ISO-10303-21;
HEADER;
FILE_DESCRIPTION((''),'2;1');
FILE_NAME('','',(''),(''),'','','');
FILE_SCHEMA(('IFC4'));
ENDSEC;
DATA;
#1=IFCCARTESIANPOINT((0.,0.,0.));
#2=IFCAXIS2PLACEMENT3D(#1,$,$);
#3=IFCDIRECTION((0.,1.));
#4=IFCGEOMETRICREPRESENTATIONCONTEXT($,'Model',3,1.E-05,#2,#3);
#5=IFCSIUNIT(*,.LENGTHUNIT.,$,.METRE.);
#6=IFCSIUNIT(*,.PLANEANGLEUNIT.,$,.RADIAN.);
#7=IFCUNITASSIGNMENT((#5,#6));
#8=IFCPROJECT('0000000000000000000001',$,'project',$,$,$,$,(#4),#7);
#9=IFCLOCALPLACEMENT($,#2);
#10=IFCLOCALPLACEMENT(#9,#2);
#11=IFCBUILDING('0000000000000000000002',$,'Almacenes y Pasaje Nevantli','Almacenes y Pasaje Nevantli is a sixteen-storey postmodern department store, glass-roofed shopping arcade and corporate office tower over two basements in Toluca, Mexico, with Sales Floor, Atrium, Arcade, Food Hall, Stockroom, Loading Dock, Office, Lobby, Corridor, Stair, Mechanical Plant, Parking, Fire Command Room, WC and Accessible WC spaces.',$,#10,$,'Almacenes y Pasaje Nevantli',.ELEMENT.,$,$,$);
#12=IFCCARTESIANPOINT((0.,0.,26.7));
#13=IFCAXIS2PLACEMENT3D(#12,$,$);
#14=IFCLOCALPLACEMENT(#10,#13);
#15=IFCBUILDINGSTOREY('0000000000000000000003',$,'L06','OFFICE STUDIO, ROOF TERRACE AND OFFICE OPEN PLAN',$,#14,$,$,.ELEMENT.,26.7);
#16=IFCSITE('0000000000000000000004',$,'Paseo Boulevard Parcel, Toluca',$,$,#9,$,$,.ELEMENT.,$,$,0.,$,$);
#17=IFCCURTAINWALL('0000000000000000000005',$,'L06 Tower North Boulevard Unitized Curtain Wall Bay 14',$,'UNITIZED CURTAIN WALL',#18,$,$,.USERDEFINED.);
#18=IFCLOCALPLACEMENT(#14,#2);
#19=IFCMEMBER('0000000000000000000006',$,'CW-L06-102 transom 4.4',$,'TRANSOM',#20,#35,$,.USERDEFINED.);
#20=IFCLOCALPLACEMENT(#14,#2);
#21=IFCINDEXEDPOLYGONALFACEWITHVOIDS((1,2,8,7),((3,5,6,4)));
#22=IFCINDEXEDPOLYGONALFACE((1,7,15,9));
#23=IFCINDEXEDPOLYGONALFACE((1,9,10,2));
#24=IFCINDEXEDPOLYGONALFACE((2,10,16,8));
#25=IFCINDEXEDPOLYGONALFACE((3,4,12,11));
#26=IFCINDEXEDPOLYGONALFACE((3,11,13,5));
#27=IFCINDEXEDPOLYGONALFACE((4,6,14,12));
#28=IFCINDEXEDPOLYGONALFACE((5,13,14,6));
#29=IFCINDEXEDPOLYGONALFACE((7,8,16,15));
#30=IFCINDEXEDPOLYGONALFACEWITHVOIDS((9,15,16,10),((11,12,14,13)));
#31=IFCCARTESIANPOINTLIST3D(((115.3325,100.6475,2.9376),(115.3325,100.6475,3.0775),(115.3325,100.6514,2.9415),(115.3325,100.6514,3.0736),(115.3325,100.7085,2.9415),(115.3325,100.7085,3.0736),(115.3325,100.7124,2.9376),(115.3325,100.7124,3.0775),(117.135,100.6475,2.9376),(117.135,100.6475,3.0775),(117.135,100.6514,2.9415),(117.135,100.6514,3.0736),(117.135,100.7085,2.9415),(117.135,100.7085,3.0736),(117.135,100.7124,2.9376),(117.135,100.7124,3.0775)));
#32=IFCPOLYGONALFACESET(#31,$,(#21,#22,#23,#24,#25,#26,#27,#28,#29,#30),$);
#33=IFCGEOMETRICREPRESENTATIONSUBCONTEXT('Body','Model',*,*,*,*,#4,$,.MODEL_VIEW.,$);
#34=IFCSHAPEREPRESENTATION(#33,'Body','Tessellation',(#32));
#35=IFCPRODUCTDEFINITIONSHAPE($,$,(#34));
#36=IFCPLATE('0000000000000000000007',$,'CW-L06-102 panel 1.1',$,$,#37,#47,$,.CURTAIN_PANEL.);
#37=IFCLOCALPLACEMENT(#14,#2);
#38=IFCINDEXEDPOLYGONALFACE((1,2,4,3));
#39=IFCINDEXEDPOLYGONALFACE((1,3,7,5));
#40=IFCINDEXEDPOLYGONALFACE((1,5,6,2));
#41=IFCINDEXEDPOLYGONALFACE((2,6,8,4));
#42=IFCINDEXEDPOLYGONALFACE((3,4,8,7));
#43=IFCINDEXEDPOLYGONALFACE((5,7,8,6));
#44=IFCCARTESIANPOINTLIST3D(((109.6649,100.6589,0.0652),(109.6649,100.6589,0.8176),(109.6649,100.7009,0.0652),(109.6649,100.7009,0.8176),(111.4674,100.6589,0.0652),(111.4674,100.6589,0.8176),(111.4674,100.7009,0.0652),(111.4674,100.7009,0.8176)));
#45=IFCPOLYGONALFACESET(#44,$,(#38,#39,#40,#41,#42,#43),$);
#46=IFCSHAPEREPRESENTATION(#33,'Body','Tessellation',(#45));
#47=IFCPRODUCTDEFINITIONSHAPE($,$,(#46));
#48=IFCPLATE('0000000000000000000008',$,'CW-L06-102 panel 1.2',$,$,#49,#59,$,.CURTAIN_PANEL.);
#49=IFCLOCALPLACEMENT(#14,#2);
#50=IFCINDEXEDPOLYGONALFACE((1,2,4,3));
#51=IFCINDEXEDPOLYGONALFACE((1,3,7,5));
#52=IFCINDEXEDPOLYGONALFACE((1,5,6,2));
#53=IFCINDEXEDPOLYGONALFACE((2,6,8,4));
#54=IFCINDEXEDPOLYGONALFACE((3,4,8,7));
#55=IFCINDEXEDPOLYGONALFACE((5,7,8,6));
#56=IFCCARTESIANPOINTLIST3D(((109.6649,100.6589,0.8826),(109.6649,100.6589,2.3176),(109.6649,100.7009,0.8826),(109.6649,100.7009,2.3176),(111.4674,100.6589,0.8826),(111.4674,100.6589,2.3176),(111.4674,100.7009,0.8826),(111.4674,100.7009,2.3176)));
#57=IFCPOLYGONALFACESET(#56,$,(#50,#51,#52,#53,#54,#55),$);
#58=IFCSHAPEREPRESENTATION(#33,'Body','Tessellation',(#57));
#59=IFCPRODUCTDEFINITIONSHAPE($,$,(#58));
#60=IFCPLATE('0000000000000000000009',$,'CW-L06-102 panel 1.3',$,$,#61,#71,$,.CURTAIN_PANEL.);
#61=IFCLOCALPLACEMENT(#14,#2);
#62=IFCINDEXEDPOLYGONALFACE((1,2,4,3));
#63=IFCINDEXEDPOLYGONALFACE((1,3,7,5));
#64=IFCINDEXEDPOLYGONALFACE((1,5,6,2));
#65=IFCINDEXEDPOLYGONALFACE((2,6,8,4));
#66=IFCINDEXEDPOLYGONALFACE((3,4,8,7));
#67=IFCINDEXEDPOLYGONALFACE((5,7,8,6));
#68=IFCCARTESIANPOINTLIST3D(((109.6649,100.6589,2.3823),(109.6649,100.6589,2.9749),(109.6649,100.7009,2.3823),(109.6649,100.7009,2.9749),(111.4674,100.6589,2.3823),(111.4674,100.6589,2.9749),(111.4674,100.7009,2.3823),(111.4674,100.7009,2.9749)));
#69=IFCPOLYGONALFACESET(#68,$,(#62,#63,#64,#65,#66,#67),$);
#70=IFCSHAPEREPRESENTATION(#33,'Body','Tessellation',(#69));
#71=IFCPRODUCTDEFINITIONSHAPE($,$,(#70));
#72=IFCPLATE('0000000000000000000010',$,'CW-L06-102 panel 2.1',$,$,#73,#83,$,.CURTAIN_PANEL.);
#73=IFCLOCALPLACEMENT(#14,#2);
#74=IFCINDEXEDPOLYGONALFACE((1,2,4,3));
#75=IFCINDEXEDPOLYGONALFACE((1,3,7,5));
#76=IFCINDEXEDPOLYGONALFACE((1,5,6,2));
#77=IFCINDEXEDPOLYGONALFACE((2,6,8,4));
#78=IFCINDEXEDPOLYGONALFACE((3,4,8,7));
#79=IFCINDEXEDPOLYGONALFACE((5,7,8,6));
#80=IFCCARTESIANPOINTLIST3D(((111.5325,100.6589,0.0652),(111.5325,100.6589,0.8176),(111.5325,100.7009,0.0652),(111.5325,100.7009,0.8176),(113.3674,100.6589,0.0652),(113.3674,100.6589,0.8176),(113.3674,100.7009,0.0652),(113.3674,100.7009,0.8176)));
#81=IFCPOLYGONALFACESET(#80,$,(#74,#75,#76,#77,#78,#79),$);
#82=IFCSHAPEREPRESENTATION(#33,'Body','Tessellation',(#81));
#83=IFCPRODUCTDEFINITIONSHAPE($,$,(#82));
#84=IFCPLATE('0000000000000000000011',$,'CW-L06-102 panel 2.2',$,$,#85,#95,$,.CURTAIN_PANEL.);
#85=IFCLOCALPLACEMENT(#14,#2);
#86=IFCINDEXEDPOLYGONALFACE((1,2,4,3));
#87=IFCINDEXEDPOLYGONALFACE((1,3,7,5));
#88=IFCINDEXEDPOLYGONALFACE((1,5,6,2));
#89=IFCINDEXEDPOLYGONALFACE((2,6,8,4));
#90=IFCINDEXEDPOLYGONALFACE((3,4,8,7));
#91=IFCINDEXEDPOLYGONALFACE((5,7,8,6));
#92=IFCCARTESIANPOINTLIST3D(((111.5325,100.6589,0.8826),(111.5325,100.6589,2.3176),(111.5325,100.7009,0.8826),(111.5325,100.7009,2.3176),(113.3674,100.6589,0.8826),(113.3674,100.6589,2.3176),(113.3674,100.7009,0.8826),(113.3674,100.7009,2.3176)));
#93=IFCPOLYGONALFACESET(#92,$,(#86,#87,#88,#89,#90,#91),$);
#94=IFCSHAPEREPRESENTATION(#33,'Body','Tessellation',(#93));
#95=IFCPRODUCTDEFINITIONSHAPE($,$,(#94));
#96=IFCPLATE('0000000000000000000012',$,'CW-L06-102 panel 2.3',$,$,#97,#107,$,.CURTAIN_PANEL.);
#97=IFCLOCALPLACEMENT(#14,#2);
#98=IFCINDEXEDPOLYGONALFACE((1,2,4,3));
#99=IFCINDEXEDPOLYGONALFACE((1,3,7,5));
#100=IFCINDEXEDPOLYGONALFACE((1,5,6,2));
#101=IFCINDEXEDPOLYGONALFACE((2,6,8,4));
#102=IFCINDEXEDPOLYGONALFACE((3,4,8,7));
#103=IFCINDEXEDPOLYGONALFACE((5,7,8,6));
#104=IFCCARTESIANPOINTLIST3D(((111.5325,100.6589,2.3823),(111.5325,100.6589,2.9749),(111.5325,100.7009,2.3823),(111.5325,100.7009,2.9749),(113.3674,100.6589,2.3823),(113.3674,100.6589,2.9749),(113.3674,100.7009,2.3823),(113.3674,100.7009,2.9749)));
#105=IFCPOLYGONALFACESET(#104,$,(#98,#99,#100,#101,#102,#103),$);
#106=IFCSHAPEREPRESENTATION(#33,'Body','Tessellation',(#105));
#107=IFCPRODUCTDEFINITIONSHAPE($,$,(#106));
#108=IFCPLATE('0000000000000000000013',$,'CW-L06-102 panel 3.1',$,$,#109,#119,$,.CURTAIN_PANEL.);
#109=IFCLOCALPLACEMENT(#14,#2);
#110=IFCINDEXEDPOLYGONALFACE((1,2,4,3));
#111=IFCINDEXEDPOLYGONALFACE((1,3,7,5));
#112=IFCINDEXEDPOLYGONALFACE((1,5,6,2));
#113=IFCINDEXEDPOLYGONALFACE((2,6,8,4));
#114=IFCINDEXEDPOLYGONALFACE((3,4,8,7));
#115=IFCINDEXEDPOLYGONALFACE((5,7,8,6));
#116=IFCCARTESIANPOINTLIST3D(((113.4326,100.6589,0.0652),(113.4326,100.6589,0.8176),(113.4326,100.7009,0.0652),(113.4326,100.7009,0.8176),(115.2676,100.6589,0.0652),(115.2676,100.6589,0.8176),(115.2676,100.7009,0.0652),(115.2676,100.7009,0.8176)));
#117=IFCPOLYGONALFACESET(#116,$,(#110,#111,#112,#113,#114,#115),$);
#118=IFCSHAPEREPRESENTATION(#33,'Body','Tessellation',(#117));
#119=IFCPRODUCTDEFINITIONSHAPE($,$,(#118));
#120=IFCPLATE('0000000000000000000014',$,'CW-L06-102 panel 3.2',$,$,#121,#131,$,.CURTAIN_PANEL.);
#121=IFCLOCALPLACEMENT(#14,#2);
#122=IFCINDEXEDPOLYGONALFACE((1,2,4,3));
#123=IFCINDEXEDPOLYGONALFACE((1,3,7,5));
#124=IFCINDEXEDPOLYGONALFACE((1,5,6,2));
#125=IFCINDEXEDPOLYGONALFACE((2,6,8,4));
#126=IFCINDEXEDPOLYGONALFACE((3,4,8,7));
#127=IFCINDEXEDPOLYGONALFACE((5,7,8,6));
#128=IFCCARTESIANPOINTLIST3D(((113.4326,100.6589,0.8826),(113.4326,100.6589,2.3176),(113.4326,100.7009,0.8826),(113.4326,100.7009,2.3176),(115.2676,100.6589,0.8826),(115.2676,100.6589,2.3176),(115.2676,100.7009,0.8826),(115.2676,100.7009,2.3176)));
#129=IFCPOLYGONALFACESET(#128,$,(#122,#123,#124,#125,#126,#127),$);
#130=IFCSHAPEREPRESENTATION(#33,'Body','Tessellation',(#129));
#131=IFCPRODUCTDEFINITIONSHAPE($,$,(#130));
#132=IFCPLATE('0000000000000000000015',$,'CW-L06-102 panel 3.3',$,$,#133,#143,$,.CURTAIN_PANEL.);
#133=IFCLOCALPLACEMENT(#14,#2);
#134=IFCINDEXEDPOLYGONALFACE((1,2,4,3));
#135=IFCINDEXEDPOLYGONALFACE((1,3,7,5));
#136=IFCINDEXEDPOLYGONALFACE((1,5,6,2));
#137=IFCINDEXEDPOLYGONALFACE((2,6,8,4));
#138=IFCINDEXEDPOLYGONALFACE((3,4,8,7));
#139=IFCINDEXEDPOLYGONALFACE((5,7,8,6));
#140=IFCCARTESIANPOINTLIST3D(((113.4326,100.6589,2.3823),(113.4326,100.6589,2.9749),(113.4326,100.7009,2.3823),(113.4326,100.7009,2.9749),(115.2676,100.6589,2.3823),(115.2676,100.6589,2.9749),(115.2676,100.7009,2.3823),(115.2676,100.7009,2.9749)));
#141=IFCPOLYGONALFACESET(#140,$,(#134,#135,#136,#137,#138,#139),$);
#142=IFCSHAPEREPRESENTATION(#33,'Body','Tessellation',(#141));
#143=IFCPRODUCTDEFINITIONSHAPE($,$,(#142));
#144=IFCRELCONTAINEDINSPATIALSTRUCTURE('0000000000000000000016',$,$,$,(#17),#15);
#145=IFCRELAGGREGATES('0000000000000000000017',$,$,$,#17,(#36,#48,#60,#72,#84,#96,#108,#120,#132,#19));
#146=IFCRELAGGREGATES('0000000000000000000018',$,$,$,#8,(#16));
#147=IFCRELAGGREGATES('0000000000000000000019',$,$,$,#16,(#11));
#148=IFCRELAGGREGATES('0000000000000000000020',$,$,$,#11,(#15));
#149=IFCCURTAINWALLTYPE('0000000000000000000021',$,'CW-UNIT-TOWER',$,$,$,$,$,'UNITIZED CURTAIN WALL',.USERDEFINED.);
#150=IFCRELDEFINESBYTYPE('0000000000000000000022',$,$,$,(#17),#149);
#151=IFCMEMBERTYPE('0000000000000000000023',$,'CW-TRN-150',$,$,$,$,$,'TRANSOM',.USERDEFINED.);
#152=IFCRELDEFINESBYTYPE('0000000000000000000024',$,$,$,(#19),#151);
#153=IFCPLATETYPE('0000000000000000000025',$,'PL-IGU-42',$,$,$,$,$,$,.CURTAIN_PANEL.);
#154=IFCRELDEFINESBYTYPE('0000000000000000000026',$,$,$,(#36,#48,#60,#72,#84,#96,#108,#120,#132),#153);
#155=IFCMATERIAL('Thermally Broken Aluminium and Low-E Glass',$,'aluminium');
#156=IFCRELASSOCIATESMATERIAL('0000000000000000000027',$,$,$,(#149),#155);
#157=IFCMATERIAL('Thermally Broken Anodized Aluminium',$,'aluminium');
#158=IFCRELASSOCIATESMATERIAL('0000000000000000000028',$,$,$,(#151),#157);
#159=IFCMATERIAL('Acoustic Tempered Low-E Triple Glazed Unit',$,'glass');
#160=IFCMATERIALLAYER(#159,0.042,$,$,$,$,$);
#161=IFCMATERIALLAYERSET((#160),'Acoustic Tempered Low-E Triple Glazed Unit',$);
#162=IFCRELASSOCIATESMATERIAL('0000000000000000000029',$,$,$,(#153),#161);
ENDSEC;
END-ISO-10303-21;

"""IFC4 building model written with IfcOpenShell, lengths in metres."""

from ifc_helpers import new_model, si_unit, direction, frame, origin, origin_2d, place, context, subcontext, project, spatial, rectangle, hollow_rectangle, extrude, material, layer, layer_set, material_profile, profile_set, type_object, element, aggregate, save


model = new_model("IFC4")

# Units and contexts
model_context = context("Model", 3, precision=1e-05, world=origin(), true_north=direction((0.0, 1.0)))
body_context = subcontext(model_context, "Body", "Model", "MODEL_VIEW")
ifc_project = project(units=[si_unit("LENGTHUNIT", "METRE"), si_unit("PLANEANGLEUNIT", "RADIAN")], contexts=[model_context])

# Site, building, storey
site_placement = place(None, origin())
site = spatial("IfcSite", under=ifc_project, at=site_placement, Name="Paseo Boulevard Parcel, Toluca", CompositionType="ELEMENT", RefElevation=0.0)
building_placement = place(site_placement, origin())
building = spatial("IfcBuilding", under=site, at=building_placement, Name="Almacenes y Pasaje Nevantli", Description="Almacenes y Pasaje Nevantli is a sixteen-storey postmodern department store, glass-roofed shopping arcade and corporate office tower over two basements in Toluca, Mexico, with Sales Floor, Atrium, Arcade, Food Hall, Stockroom, Loading Dock, Office, Lobby, Corridor, Stair, Mechanical Plant, Parking, Fire Command Room, WC and Accessible WC spaces.", LongName="Almacenes y Pasaje Nevantli", CompositionType="ELEMENT")
storey_placement = place(building_placement, frame((0.0, 0.0, 26.7)))
storey = spatial("IfcBuildingStorey", under=building, at=storey_placement, Name="L06", Description="OFFICE STUDIO, ROOF TERRACE AND OFFICE OPEN PLAN", CompositionType="ELEMENT", Elevation=26.7)

# Curtain wall, member, plates
ifc_material_1 = material(Name="Thermally Broken Aluminium and Low-E Glass", Category="aluminium")
curtain_wall_type = type_object("IfcCurtainWallType", Name="CW-UNIT-TOWER", ElementType="UNITIZED CURTAIN WALL", PredefinedType="USERDEFINED", material=ifc_material_1)
curtain_wall_placement = place(storey_placement, origin())
curtain_wall = element("IfcCurtainWall", 1, at=curtain_wall_placement, inside=storey, type_object=curtain_wall_type, Name="L06 Tower North Boulevard Unitized Curtain Wall Bay 14", ObjectType="UNITIZED CURTAIN WALL", PredefinedType="USERDEFINED")
ifc_material_2 = material(Name="Thermally Broken Anodized Aluminium", Category="aluminium")
ifc_material_profile_1 = material_profile(ifc_material_2, hollow_rectangle(XDim=0.0649, YDim=0.1399, WallThickness=0.0039, at=origin_2d()), Name="ALU-TRN-65x140")
ifc_profile_set_1 = profile_set([ifc_material_profile_1], Name="Thermally Broken Anodized Aluminium")
member_type_1 = type_object("IfcMemberType", Name="CW-TRN-150", ElementType="TRANSOM", PredefinedType="USERDEFINED", material=ifc_profile_set_1)
member_1_placement = place(storey_placement, frame((115.3325, 100.6799, 3.0076), z_axis=(1.0, 0.0, 0.0), x_axis=(0.0, 1.0, 0.0)))
member_1 = element("IfcMember", 2, at=member_1_placement, type_object=member_type_1, Name="CW-L06-102 transom 4.4", ObjectType="TRANSOM", PredefinedType="USERDEFINED", context=body_context, shape_type="SweptSolid", body=[
    extrude(hollow_rectangle(XDim=0.0649, YDim=0.1399, WallThickness=0.0039, at=origin_2d()), origin(), (0.0, 0.0, 1.0), 1.8025),
])
ifc_material_3 = material(Name="Acoustic Tempered Low-E Triple Glazed Unit", Category="glass")
ifc_layer = layer(ifc_material_3, 0.042)
ifc_layer_set = layer_set([ifc_layer], Name="Acoustic Tempered Low-E Triple Glazed Unit")
plate_type = type_object("IfcPlateType", Name="PL-IGU-42", PredefinedType="CURTAIN_PANEL", material=ifc_layer_set)
plate_1_placement = place(storey_placement, frame((110.5662, 100.6799, 0.0652), z_axis=(0.0, 0.0, 1.0), x_axis=(1.0, 0.0, 0.0)))
plate_1 = element("IfcPlate", 3, at=plate_1_placement, type_object=plate_type, Name="CW-L06-102 panel 1.1", PredefinedType="CURTAIN_PANEL", context=body_context, shape_type="SweptSolid", body=[
    extrude(rectangle(XDim=1.8025, YDim=0.042, at=origin_2d()), origin(), (0.0, 0.0, 1.0), 0.7524),
])
plate_2_placement = place(storey_placement, frame((110.5662, 100.6799, 0.8826), z_axis=(0.0, 0.0, 1.0), x_axis=(1.0, 0.0, 0.0)))
plate_2 = element("IfcPlate", 4, at=plate_2_placement, type_object=plate_type, Name="CW-L06-102 panel 1.2", PredefinedType="CURTAIN_PANEL", context=body_context, shape_type="SweptSolid", body=[
    extrude(rectangle(XDim=1.8025, YDim=0.042, at=origin_2d()), origin(), (0.0, 0.0, 1.0), 1.4351),
])
plate_3_placement = place(storey_placement, frame((110.5662, 100.6799, 2.3823), z_axis=(0.0, 0.0, 1.0), x_axis=(1.0, 0.0, 0.0)))
plate_3 = element("IfcPlate", 5, at=plate_3_placement, type_object=plate_type, Name="CW-L06-102 panel 1.3", PredefinedType="CURTAIN_PANEL", context=body_context, shape_type="SweptSolid", body=[
    extrude(rectangle(XDim=1.8025, YDim=0.042, at=origin_2d()), origin(), (0.0, 0.0, 1.0), 0.5925),
])
plate_4_placement = place(storey_placement, frame((112.45, 100.6799, 0.0652), z_axis=(0.0, 0.0, 1.0), x_axis=(1.0, 0.0, 0.0)))
plate_4 = element("IfcPlate", 6, at=plate_4_placement, type_object=plate_type, Name="CW-L06-102 panel 2.1", PredefinedType="CURTAIN_PANEL", context=body_context, shape_type="SweptSolid", body=[
    extrude(rectangle(XDim=1.835, YDim=0.042, at=origin_2d()), origin(), (0.0, 0.0, 1.0), 0.7524),
])
plate_5_placement = place(storey_placement, frame((112.45, 100.6799, 0.8826), z_axis=(0.0, 0.0, 1.0), x_axis=(1.0, 0.0, 0.0)))
plate_5 = element("IfcPlate", 7, at=plate_5_placement, type_object=plate_type, Name="CW-L06-102 panel 2.2", PredefinedType="CURTAIN_PANEL", context=body_context, shape_type="SweptSolid", body=[
    extrude(rectangle(XDim=1.835, YDim=0.042, at=origin_2d()), origin(), (0.0, 0.0, 1.0), 1.4351),
])
plate_6_placement = place(storey_placement, frame((112.45, 100.6799, 2.3823), z_axis=(0.0, 0.0, 1.0), x_axis=(1.0, 0.0, 0.0)))
plate_6 = element("IfcPlate", 8, at=plate_6_placement, type_object=plate_type, Name="CW-L06-102 panel 2.3", PredefinedType="CURTAIN_PANEL", context=body_context, shape_type="SweptSolid", body=[
    extrude(rectangle(XDim=1.835, YDim=0.042, at=origin_2d()), origin(), (0.0, 0.0, 1.0), 0.5925),
])
plate_7_placement = place(storey_placement, frame((114.3501, 100.6799, 0.0652), z_axis=(0.0, 0.0, 1.0), x_axis=(1.0, 0.0, 0.0)))
plate_7 = element("IfcPlate", 9, at=plate_7_placement, type_object=plate_type, Name="CW-L06-102 panel 3.1", PredefinedType="CURTAIN_PANEL", context=body_context, shape_type="SweptSolid", body=[
    extrude(rectangle(XDim=1.835, YDim=0.042, at=origin_2d()), origin(), (0.0, 0.0, 1.0), 0.7524),
])
plate_8_placement = place(storey_placement, frame((114.3501, 100.6799, 0.8826), z_axis=(0.0, 0.0, 1.0), x_axis=(1.0, 0.0, 0.0)))
plate_8 = element("IfcPlate", 10, at=plate_8_placement, type_object=plate_type, Name="CW-L06-102 panel 3.2", PredefinedType="CURTAIN_PANEL", context=body_context, shape_type="SweptSolid", body=[
    extrude(rectangle(XDim=1.835, YDim=0.042, at=origin_2d()), origin(), (0.0, 0.0, 1.0), 1.4351),
])
plate_9_placement = place(storey_placement, frame((114.3501, 100.6799, 2.3823), z_axis=(0.0, 0.0, 1.0), x_axis=(1.0, 0.0, 0.0)))
plate_9 = element("IfcPlate", 11, at=plate_9_placement, type_object=plate_type, Name="CW-L06-102 panel 3.3", PredefinedType="CURTAIN_PANEL", context=body_context, shape_type="SweptSolid", body=[
    extrude(rectangle(XDim=1.835, YDim=0.042, at=origin_2d()), origin(), (0.0, 0.0, 1.0), 0.5925),
])
aggregate(curtain_wall, [plate_1, plate_2, plate_3, plate_4, plate_5, plate_6, plate_7, plate_8, plate_9, member_1])

save(model, "model.ifc")
